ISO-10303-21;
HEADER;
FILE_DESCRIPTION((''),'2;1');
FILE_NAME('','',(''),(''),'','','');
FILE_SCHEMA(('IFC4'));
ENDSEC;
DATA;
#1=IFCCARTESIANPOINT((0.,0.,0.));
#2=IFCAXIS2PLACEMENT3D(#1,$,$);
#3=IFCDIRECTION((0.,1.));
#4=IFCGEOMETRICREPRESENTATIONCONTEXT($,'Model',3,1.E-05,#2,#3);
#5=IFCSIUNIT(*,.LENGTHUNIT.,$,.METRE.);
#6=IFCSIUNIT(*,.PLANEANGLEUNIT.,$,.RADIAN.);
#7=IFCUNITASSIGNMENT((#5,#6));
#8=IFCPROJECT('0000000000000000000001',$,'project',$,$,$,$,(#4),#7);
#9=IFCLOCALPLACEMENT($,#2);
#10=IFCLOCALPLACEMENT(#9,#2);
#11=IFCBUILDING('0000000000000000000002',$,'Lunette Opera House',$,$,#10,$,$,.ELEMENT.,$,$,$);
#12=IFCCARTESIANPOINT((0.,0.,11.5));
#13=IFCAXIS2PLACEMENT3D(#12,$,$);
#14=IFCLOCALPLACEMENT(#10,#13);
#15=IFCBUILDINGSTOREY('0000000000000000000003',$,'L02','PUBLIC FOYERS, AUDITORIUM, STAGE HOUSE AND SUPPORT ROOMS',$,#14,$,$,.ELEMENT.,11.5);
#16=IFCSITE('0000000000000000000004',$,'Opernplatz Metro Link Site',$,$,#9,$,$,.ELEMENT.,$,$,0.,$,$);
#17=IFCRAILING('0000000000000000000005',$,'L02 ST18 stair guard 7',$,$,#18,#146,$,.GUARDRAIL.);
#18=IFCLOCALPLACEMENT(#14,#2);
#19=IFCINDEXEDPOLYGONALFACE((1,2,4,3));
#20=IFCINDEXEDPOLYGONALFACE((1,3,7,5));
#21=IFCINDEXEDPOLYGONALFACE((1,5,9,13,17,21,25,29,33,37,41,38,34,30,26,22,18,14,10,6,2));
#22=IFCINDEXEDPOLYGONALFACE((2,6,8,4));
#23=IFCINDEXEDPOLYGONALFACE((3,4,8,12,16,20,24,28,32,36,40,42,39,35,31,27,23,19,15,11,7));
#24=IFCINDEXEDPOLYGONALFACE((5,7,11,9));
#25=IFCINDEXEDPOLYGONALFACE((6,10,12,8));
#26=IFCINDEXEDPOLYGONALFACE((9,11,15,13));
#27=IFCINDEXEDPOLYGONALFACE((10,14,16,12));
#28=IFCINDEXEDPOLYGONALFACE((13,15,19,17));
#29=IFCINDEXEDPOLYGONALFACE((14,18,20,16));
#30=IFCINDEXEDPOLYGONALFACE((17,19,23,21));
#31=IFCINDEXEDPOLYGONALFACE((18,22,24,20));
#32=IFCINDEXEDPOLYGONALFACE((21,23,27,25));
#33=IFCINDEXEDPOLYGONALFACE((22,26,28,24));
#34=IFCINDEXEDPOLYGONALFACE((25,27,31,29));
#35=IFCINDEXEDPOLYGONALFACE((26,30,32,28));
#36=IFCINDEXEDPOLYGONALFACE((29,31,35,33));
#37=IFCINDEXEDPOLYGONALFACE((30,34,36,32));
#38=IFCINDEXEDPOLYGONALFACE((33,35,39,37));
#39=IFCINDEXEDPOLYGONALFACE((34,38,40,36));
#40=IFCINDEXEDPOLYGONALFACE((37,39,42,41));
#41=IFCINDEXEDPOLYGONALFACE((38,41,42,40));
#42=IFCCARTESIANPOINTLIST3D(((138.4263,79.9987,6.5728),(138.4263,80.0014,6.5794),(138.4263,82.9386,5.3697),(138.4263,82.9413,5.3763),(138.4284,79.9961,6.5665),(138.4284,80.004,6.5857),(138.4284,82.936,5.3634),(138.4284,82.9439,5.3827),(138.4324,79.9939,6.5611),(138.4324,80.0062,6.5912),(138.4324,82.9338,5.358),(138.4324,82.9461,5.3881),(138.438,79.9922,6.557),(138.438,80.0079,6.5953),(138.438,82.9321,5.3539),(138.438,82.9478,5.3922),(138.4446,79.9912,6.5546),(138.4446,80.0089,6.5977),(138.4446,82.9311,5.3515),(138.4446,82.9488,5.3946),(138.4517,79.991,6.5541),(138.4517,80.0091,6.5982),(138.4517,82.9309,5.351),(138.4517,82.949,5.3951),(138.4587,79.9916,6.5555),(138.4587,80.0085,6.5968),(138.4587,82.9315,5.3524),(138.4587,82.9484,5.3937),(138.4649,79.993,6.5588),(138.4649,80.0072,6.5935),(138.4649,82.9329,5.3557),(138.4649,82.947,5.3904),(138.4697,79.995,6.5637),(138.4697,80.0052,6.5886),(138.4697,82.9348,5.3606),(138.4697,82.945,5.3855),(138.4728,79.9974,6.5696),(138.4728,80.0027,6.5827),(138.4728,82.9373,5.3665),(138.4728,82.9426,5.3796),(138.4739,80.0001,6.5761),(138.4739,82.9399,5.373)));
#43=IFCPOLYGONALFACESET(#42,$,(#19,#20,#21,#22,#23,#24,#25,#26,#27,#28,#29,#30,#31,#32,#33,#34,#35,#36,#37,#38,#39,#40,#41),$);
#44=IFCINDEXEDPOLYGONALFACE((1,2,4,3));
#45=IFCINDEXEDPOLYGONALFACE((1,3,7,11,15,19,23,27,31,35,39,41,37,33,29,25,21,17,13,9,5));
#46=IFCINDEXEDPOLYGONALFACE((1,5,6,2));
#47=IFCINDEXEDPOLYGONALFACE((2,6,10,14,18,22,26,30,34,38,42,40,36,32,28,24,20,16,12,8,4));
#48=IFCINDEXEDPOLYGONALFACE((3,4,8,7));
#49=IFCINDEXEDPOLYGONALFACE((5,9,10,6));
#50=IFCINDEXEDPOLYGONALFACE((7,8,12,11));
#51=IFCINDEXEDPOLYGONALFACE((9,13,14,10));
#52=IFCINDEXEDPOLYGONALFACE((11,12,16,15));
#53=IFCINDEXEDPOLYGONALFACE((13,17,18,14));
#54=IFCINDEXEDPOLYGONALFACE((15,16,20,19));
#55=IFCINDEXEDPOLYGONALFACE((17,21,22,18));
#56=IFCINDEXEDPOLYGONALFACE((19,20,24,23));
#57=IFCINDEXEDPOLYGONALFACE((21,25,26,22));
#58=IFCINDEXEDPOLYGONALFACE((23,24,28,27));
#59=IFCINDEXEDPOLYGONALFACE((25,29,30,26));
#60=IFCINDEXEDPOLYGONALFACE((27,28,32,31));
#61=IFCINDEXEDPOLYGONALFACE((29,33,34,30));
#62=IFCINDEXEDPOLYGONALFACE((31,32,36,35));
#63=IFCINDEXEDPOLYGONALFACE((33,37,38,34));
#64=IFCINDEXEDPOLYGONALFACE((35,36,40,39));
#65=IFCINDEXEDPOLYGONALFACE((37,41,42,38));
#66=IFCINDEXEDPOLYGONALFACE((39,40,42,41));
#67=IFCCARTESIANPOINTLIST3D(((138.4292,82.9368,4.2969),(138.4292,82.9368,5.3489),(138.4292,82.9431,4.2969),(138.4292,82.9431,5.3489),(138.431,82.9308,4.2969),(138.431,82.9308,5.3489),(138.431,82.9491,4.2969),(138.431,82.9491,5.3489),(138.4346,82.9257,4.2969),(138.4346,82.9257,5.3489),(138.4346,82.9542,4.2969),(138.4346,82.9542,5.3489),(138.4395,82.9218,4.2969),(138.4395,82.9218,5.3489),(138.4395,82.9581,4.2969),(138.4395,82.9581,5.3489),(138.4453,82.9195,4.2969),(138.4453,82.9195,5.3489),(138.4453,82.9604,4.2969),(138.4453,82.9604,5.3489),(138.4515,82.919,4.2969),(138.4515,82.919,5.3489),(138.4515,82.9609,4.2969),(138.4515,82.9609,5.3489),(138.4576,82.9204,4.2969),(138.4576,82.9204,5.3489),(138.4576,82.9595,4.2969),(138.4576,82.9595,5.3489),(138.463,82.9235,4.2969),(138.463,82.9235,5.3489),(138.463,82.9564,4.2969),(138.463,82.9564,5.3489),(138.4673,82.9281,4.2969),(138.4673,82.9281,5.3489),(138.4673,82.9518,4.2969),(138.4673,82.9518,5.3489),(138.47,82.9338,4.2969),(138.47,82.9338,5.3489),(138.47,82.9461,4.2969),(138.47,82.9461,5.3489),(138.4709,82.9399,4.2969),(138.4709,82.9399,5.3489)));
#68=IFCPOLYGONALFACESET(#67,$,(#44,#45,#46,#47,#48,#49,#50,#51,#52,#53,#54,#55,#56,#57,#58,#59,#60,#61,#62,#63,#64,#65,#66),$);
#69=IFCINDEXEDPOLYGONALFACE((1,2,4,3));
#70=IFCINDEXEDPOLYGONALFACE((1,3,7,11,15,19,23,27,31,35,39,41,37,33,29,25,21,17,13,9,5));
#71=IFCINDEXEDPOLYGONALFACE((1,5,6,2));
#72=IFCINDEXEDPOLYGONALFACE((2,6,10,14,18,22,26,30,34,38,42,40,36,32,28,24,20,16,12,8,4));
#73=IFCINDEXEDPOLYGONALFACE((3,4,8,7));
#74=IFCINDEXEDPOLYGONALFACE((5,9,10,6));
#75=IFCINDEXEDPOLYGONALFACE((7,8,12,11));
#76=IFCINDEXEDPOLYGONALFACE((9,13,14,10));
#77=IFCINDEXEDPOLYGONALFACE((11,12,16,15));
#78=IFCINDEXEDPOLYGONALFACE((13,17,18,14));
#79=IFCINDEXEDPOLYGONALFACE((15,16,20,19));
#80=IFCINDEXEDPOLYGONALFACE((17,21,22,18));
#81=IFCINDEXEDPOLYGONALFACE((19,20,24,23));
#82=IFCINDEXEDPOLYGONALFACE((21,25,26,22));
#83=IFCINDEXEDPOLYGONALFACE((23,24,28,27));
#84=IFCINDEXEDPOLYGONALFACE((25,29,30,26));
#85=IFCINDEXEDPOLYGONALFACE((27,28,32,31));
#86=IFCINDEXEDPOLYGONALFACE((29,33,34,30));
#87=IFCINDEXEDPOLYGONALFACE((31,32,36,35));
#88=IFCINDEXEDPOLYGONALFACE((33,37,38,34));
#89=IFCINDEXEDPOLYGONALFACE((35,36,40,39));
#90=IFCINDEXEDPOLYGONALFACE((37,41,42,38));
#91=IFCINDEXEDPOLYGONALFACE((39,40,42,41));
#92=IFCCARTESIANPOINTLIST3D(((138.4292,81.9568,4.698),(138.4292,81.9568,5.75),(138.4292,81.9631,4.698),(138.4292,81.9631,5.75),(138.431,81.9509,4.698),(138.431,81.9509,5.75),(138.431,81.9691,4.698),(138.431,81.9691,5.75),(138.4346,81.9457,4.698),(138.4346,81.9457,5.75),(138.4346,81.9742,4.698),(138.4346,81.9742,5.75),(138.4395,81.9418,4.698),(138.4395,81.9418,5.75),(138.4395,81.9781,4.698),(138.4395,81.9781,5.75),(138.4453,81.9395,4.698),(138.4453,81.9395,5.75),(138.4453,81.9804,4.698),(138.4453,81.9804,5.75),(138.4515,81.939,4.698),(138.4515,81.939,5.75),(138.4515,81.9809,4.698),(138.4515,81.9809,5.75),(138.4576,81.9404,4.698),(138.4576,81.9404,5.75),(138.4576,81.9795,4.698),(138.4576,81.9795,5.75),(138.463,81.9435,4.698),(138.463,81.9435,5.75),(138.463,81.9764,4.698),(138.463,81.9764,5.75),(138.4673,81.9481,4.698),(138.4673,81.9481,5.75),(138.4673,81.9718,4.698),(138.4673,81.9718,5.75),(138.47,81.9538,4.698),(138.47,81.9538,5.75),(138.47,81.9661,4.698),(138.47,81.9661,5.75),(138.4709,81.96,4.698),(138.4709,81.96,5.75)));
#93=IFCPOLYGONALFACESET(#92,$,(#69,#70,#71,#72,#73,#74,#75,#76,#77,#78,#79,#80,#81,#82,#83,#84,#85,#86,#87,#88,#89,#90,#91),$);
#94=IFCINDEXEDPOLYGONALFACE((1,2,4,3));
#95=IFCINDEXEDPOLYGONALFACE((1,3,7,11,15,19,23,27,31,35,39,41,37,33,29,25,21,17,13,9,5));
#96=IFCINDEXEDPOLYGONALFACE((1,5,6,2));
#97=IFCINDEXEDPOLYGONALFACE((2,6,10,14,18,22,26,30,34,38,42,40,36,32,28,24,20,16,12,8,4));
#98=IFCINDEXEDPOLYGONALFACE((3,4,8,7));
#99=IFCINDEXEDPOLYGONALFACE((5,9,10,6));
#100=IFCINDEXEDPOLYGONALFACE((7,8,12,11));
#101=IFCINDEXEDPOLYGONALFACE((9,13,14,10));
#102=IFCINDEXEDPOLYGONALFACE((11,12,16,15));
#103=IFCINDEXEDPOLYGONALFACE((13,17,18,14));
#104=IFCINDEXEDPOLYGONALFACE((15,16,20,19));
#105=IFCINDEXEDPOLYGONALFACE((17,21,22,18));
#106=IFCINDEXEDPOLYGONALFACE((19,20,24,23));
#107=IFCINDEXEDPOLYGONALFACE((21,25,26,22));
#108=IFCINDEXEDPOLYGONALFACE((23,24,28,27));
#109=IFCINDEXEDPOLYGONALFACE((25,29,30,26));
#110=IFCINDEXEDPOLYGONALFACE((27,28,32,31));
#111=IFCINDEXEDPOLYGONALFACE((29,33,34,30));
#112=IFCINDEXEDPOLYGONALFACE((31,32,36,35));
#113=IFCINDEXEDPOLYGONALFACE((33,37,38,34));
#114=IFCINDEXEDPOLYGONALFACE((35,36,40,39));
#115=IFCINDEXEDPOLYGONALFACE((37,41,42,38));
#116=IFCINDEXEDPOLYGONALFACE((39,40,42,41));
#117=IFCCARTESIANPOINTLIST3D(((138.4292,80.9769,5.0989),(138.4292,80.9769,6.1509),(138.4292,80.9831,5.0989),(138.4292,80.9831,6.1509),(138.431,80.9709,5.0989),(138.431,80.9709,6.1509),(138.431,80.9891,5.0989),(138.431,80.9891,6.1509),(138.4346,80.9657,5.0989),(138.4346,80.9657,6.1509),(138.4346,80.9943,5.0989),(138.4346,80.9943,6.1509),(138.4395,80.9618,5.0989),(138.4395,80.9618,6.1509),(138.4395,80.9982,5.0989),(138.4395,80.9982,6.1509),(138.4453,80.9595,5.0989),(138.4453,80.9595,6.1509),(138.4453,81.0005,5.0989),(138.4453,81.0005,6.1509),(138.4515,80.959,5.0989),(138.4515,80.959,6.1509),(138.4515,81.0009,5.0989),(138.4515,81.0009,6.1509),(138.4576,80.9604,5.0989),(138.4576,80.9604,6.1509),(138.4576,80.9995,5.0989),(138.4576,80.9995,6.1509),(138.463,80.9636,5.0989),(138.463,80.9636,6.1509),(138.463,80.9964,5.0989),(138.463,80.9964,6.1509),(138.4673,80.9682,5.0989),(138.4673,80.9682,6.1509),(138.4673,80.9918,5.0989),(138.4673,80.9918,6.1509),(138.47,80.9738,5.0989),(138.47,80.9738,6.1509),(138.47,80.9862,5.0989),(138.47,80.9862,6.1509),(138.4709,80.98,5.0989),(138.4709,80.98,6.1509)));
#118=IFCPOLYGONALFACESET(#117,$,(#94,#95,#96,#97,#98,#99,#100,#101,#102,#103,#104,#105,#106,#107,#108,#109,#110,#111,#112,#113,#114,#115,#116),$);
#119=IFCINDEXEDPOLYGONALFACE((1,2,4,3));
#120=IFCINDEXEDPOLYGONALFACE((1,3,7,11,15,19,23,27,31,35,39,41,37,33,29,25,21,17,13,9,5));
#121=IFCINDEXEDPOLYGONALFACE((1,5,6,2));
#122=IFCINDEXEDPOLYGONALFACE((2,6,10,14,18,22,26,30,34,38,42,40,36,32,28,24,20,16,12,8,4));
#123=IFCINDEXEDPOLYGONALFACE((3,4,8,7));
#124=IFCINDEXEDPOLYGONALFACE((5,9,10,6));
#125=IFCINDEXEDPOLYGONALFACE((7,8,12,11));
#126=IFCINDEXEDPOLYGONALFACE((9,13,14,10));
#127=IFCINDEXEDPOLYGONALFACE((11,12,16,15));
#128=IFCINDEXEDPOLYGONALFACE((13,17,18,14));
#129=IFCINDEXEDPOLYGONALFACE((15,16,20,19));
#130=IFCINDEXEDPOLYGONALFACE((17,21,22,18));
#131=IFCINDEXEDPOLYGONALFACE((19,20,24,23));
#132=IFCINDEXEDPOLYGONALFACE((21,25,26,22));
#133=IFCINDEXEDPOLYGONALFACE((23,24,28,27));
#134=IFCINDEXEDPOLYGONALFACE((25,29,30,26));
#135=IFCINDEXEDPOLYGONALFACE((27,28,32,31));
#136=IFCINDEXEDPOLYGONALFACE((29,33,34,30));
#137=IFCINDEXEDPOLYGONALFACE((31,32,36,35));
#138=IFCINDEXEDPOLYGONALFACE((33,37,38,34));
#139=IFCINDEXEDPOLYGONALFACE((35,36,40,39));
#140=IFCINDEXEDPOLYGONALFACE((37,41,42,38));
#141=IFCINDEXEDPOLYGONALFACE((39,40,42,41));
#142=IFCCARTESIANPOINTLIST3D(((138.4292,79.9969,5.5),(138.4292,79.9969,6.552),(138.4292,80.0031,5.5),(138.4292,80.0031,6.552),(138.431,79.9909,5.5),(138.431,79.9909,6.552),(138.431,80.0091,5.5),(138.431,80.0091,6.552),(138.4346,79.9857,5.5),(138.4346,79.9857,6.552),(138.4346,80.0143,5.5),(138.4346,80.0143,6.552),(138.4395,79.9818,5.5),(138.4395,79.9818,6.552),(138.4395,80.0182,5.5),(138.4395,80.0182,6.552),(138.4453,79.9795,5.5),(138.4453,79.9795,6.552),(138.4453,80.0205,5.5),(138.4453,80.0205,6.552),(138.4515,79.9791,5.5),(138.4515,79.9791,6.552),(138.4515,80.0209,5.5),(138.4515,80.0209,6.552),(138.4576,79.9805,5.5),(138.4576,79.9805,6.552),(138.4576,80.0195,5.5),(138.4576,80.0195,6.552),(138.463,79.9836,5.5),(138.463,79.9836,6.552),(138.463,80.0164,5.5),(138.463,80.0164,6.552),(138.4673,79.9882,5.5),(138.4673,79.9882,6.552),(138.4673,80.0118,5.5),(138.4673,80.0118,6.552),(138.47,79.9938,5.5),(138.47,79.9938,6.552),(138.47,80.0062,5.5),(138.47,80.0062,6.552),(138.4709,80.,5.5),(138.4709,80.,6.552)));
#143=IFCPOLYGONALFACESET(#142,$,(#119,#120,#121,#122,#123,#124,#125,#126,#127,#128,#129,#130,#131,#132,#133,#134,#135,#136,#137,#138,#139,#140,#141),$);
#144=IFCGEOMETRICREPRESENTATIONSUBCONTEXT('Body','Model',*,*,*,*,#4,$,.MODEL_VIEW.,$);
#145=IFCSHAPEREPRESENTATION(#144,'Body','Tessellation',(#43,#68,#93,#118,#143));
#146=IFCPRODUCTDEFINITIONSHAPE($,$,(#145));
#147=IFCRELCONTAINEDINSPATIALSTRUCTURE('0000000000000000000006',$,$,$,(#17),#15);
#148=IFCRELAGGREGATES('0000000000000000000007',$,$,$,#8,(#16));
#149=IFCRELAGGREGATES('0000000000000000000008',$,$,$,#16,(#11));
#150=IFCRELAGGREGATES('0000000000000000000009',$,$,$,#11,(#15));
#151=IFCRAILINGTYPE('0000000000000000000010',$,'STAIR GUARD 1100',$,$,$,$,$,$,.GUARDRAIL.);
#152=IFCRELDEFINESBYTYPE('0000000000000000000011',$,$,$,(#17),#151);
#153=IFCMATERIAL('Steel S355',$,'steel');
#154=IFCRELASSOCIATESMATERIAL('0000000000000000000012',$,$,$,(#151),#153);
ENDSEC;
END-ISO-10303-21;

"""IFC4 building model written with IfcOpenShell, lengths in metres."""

from ifc_helpers import new_model, si_unit, direction, frame, origin, origin_2d, place, context, subcontext, project, spatial, circle, extrude, material, type_object, element, save


model = new_model("IFC4")

# Units and contexts
model_context = context("Model", 3, precision=1e-05, world=origin(), true_north=direction((0.0, 1.0)))
body_context = subcontext(model_context, "Body", "Model", "MODEL_VIEW")
ifc_project = project(units=[si_unit("LENGTHUNIT", "METRE"), si_unit("PLANEANGLEUNIT", "RADIAN")], contexts=[model_context])

# Site, building, storey
site_placement = place(None, origin())
site = spatial("IfcSite", under=ifc_project, at=site_placement, Name="Opernplatz Metro Link Site", CompositionType="ELEMENT", RefElevation=0.0)
building_placement = place(site_placement, origin())
building = spatial("IfcBuilding", under=site, at=building_placement, Name="Lunette Opera House", CompositionType="ELEMENT")
storey_placement = place(building_placement, frame((0.0, 0.0, 11.5)))
storey = spatial("IfcBuildingStorey", under=building, at=storey_placement, Name="L02", Description="PUBLIC FOYERS, AUDITORIUM, STAGE HOUSE AND SUPPORT ROOMS", CompositionType="ELEMENT", Elevation=11.5)

# Railing
ifc_material_1 = material(Name="Steel S355", Category="steel")
railing_type_1 = type_object("IfcRailingType", Name="STAIR GUARD 1100", PredefinedType="GUARDRAIL", material=ifc_material_1)
railing_1_placement = place(storey_placement, frame((138.45, 82.9399, 4.2969)))
element("IfcRailing", 1, at=railing_1_placement, inside=storey, type_object=railing_type_1, Name="L02 ST18 stair guard 7", PredefinedType="GUARDRAIL", context=body_context, shape_type="SweptSolid", body=[
    extrude(circle(Radius=0.0239, at=origin_2d()), frame((0.0, 0.0, 1.0762), z_axis=(0.0, -0.9255, 0.378747), x_axis=(1.0, 0.0, 0.0)), (0.0, 0.0, 1.0), 3.1765),
    extrude(circle(Radius=0.021, at=origin_2d()), origin(), (0.0, 0.0, 1.0), 1.052),
    extrude(circle(Radius=0.021, at=origin_2d()), frame((0.0, -0.98, 0.4011)), (0.0, 0.0, 1.0), 1.052),
    extrude(circle(Radius=0.021, at=origin_2d()), frame((0.0, -1.96, 0.802)), (0.0, 0.0, 1.0), 1.052),
    extrude(circle(Radius=0.021, at=origin_2d()), frame((0.0, -2.9399, 1.2031)), (0.0, 0.0, 1.0), 1.052),
])

save(model, "model.ifc")
